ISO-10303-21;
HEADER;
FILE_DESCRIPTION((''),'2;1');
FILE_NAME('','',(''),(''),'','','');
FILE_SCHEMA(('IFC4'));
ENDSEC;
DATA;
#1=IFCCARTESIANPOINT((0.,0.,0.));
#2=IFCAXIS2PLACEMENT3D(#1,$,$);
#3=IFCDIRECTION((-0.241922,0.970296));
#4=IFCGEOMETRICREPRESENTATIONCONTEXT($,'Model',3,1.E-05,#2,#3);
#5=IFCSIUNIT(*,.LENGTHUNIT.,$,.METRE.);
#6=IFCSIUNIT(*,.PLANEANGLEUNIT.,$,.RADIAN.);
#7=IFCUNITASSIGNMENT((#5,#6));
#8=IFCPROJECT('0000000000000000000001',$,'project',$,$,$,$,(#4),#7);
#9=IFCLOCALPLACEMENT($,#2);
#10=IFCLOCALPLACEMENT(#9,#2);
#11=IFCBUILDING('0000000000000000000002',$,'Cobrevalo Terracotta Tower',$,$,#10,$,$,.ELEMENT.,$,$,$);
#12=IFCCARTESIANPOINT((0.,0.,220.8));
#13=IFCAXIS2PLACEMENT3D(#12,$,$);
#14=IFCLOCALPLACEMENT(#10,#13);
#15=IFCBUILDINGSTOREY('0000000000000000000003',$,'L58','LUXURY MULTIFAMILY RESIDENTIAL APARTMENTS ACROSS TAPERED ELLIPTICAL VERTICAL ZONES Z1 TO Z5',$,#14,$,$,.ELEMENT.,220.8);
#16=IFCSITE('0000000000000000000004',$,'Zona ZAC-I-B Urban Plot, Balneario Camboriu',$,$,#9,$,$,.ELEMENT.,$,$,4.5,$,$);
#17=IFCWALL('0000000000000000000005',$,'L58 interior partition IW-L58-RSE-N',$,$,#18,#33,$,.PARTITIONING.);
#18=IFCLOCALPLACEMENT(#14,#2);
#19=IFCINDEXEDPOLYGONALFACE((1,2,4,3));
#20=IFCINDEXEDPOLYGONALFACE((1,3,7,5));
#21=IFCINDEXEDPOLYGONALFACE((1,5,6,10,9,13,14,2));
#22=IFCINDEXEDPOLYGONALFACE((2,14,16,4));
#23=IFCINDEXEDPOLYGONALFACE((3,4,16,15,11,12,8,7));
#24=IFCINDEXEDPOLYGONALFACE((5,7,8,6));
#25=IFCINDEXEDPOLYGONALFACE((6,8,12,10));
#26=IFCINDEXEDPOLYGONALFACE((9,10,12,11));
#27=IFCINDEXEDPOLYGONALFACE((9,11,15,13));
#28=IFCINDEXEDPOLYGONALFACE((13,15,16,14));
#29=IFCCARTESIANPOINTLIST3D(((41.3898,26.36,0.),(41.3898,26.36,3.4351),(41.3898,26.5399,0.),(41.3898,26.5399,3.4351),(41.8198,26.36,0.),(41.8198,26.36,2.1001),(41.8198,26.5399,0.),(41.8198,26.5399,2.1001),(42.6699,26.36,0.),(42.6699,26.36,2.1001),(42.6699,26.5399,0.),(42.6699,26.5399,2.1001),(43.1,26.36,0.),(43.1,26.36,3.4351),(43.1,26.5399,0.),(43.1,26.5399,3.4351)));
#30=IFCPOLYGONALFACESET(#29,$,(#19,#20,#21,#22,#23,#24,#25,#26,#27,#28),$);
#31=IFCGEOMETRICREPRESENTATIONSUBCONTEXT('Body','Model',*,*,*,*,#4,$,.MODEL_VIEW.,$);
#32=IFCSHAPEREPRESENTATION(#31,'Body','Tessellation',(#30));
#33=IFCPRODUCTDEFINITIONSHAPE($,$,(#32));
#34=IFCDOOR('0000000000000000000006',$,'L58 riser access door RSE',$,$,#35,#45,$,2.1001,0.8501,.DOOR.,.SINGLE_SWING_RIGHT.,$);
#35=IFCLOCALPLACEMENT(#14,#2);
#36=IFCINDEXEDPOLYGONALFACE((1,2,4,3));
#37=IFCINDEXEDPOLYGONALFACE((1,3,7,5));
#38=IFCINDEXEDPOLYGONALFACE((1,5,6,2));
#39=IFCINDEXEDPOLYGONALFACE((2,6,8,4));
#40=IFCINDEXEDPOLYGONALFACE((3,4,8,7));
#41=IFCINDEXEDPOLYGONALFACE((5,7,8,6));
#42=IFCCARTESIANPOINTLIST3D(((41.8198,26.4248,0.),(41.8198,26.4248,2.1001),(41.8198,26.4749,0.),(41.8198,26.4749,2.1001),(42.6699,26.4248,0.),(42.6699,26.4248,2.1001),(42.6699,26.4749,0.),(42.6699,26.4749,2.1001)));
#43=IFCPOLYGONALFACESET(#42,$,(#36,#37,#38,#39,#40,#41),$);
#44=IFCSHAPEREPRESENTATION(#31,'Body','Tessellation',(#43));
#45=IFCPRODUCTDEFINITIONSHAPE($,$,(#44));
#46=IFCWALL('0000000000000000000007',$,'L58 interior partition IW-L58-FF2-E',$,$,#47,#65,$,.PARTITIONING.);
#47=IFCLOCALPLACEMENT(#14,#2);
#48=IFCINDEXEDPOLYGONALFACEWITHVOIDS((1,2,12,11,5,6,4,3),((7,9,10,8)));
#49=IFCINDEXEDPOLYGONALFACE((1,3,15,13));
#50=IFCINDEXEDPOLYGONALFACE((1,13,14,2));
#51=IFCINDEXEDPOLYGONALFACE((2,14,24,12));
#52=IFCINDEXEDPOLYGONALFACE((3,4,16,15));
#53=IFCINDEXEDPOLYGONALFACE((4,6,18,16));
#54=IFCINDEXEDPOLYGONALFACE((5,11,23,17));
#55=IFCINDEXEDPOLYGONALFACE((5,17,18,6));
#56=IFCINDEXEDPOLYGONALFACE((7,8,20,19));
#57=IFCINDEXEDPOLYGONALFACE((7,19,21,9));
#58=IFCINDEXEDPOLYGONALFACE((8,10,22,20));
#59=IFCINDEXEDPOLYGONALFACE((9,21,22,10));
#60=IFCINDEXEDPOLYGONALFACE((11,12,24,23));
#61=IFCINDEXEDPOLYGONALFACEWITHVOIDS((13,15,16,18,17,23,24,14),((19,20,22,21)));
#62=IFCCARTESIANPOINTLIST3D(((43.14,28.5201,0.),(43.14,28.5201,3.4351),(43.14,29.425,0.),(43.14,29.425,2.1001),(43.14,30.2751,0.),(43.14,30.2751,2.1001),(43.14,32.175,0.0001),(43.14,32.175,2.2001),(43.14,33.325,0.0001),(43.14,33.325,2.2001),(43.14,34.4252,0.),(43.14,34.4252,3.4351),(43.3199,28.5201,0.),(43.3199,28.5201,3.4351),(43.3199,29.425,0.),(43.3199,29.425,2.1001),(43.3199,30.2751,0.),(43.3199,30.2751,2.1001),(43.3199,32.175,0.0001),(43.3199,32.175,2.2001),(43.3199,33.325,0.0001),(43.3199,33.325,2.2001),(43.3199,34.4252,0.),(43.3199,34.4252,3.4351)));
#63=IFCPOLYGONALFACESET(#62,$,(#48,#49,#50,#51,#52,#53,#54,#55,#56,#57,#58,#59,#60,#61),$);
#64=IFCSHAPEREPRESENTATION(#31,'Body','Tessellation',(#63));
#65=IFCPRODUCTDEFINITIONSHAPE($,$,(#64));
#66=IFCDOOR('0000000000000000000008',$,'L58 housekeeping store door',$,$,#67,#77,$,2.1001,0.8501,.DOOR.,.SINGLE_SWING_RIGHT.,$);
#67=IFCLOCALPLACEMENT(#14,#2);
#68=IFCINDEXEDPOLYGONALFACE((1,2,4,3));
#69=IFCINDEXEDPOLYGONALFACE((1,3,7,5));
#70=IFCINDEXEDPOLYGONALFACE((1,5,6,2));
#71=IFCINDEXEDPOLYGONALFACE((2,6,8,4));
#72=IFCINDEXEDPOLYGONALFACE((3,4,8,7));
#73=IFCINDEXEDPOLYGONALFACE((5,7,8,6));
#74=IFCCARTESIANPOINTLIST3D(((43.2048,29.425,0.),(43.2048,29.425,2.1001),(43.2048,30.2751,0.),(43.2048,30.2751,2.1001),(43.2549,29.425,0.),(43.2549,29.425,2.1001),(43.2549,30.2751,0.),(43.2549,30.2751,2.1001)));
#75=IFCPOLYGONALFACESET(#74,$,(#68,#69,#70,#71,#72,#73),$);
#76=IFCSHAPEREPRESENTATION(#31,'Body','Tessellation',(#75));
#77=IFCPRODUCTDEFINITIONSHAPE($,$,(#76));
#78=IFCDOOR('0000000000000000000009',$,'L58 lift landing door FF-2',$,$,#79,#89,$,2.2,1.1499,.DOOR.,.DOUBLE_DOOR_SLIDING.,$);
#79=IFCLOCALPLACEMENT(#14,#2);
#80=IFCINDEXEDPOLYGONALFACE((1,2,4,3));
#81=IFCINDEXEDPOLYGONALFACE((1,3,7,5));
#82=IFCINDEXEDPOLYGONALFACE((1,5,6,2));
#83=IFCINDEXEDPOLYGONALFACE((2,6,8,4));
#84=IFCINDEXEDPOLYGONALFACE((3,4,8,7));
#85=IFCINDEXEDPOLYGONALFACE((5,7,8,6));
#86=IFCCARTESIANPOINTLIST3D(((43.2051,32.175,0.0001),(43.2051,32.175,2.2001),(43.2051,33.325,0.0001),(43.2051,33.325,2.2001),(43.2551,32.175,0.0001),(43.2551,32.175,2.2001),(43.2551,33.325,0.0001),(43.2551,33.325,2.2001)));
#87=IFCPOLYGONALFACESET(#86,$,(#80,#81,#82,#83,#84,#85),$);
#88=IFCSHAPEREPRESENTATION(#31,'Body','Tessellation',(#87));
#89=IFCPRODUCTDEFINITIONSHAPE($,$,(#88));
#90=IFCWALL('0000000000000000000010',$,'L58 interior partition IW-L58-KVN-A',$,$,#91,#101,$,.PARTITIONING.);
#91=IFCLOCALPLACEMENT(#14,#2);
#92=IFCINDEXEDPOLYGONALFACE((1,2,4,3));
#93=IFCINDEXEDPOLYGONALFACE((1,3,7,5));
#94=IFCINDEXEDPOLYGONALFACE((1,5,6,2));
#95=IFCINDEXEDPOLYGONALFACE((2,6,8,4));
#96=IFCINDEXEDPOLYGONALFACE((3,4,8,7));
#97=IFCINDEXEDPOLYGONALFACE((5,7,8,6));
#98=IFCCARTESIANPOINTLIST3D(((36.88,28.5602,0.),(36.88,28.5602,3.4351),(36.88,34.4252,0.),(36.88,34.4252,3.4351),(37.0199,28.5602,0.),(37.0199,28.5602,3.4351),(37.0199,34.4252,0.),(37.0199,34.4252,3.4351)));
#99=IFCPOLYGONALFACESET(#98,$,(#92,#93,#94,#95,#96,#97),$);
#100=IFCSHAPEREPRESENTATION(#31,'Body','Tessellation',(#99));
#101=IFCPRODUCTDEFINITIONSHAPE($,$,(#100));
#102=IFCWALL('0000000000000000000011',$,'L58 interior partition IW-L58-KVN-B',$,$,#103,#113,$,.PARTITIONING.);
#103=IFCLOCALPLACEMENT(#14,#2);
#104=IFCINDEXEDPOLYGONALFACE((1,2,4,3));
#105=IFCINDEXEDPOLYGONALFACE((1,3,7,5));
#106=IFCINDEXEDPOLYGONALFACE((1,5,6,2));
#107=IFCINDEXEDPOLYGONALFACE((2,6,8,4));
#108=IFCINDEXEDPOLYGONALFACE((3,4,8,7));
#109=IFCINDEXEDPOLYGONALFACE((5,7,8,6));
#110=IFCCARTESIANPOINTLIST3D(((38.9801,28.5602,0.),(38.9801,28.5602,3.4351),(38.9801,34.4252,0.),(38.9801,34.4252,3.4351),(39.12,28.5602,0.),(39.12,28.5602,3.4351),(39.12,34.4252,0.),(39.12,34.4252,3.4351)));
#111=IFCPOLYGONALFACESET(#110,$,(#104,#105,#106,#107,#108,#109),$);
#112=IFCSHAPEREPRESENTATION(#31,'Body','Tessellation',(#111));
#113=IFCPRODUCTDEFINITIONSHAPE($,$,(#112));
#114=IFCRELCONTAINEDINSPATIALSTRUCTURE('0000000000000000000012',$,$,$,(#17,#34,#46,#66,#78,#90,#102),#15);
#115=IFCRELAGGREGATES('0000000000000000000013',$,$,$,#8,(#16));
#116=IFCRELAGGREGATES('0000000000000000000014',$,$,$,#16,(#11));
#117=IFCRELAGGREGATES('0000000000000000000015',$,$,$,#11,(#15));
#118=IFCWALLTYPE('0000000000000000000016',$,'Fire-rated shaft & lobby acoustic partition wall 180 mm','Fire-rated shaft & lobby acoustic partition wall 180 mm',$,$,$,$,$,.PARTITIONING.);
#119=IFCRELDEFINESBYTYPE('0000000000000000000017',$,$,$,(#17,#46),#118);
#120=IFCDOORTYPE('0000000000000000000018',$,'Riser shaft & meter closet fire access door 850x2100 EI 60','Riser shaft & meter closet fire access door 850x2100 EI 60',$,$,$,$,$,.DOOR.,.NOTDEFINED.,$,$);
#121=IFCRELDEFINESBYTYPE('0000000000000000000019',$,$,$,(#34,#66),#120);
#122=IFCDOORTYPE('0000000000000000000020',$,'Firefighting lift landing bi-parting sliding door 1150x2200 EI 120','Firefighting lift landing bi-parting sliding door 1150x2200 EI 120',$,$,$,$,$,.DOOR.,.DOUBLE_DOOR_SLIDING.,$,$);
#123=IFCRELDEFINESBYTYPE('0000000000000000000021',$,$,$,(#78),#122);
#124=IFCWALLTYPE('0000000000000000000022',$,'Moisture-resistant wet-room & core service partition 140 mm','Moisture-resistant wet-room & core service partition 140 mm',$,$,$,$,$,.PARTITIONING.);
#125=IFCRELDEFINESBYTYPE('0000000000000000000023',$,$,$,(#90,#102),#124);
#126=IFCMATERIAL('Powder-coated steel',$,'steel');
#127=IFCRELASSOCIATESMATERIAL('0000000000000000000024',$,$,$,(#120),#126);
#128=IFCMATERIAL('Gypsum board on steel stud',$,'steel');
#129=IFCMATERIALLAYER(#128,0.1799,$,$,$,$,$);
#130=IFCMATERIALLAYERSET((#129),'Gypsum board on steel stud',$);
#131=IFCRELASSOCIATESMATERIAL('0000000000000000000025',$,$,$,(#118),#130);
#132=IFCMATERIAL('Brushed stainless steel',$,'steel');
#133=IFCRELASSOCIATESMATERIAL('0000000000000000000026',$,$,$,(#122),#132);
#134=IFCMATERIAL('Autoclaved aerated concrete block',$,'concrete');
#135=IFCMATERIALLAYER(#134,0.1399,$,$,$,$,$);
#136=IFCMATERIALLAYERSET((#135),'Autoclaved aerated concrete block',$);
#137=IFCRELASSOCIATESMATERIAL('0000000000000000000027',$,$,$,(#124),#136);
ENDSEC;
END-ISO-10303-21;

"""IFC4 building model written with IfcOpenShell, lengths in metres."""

from ifc_helpers import new_model, si_unit, direction, frame, frame_2d, origin, place, context, subcontext, project, spatial, rectangle, extrude, source, transform, mapped, material, layer, layer_set, type_object, element, fill, save


model = new_model("IFC4")

# Units and contexts
model_context = context("Model", 3, precision=1e-05, world=origin(), true_north=direction((-0.241922, 0.970296)))
body_context = subcontext(model_context, "Body", "Model", "MODEL_VIEW")
ifc_project = project(units=[si_unit("LENGTHUNIT", "METRE"), si_unit("PLANEANGLEUNIT", "RADIAN")], contexts=[model_context])

# Site, building, storey
site_placement = place(None, origin())
site = spatial("IfcSite", under=ifc_project, at=site_placement, Name="Zona ZAC-I-B Urban Plot, Balneario Camboriu", CompositionType="ELEMENT", RefElevation=4.5)
building_placement = place(site_placement, origin())
building = spatial("IfcBuilding", under=site, at=building_placement, Name="Cobrevalo Terracotta Tower", CompositionType="ELEMENT")
storey_placement = place(building_placement, frame((0.0, 0.0, 220.8)))
storey = spatial("IfcBuildingStorey", under=building, at=storey_placement, Name="L58", Description="LUXURY MULTIFAMILY RESIDENTIAL APARTMENTS ACROSS TAPERED ELLIPTICAL VERTICAL ZONES Z1 TO Z5", CompositionType="ELEMENT", Elevation=220.8)

# Shared definitions
ifc_material_1 = material(Name="Gypsum board on steel stud", Category="steel")

# Shared definitions
ifc_material_2 = material(Name="Powder-coated steel", Category="steel")
door_type_1 = type_object("IfcDoorType", Name="Riser shaft & meter closet fire access door 850x2100 EI 60", Description="Riser shaft & meter closet fire access door 850x2100 EI 60", OperationType="NOTDEFINED", PredefinedType="DOOR", material=ifc_material_2)
shared_shape_1 = source(origin(), body_context, "Body", "SweptSolid", [
    extrude(rectangle(XDim=0.8501, YDim=2.1001, at=frame_2d((0.425, 1.05))), frame((0.0, 0.0249, 0.0), z_axis=(0.0, -1.0, 0.0), x_axis=(1.0, 0.0, 0.0)), (0.0, 0.0, 1.0), 0.05),
])
ifc_material_3 = material(Name="Brushed stainless steel", Category="steel")

# Wall, opening, door
ifc_layer_1 = layer(ifc_material_1, 0.1799)
ifc_layer_set_1 = layer_set([ifc_layer_1], Name="Gypsum board on steel stud")
wall_type_1 = type_object("IfcWallType", Name="Fire-rated shaft & lobby acoustic partition wall 180 mm", Description="Fire-rated shaft & lobby acoustic partition wall 180 mm", PredefinedType="PARTITIONING", material=ifc_layer_set_1)
wall_1_placement = place(storey_placement, frame((41.3899, 26.45, 0.0), z_axis=(0.0, 0.0, 1.0), x_axis=(1.0, 0.0, 0.0)))
wall_1 = element("IfcWall", 1, at=wall_1_placement, inside=storey, type_object=wall_type_1, Name="L58 interior partition IW-L58-RSE-N", PredefinedType="PARTITIONING", context=body_context, shape_type="SweptSolid", body=[
    extrude(rectangle(XDim=1.7102, YDim=0.1799, at=frame_2d((0.855, 0.0))), origin(), (0.0, 0.0, 1.0), 3.4351),
])
opening_1_placement = place(wall_1_placement, frame((0.4299, 0.0, 0.0)))
opening_1 = element("IfcOpeningElement", 2, at=opening_1_placement, cuts=wall_1, PredefinedType="OPENING", context=body_context, shape_type="SweptSolid", body=[
    extrude(rectangle(XDim=0.8501, YDim=2.1001, at=frame_2d((0.425, 1.05))), frame((0.0, 0.1001, 0.0), z_axis=(0.0, -1.0, 0.0), x_axis=(1.0, 0.0, 0.0)), (0.0, 0.0, 1.0), 0.2),
])
door_1_placement = place(opening_1_placement, origin())
door_1 = element("IfcDoor", 3, at=door_1_placement, inside=storey, type_object=door_type_1, Name="L58 riser access door RSE", OperationType="SINGLE_SWING_RIGHT", OverallHeight=2.1001, OverallWidth=0.8501, PredefinedType="DOOR", context=body_context, shape_type="MappedRepresentation", body=[
    mapped(shared_shape_1, transform((0.0, 0.0, 0.0), scale=1.0)),
])
fill(opening_1, door_1)

# Wall, openings, doors
wall_2_placement = place(storey_placement, frame((43.23, 28.52, 0.0), z_axis=(0.0, 0.0, 1.0), x_axis=(0.0, 1.0, 0.0)))
wall_2 = element("IfcWall", 4, at=wall_2_placement, inside=storey, type_object=wall_type_1, Name="L58 interior partition IW-L58-FF2-E", PredefinedType="PARTITIONING", context=body_context, shape_type="SweptSolid", body=[
    extrude(rectangle(XDim=5.905, YDim=0.1799, at=frame_2d((2.9526, 0.0))), origin(), (0.0, 0.0, 1.0), 3.4351),
])
opening_2_placement = place(wall_2_placement, frame((0.905, 0.0, 0.0)))
opening_2 = element("IfcOpeningElement", 5, at=opening_2_placement, cuts=wall_2, PredefinedType="OPENING", context=body_context, shape_type="SweptSolid", body=[
    extrude(rectangle(XDim=0.8501, YDim=2.1001, at=frame_2d((0.425, 1.05))), frame((0.0, 0.1001, 0.0), z_axis=(0.0, -1.0, 0.0), x_axis=(1.0, 0.0, 0.0)), (0.0, 0.0, 1.0), 0.2),
])
opening_3_placement = place(wall_2_placement, frame((3.655, 0.0, 0.0)))
opening_3 = element("IfcOpeningElement", 6, at=opening_3_placement, cuts=wall_2, PredefinedType="OPENING", context=body_context, shape_type="SweptSolid", body=[
    extrude(rectangle(XDim=1.1499, YDim=2.2, at=frame_2d((0.575, 1.1001))), frame((0.0, 0.1001, 0.0), z_axis=(0.0, -1.0, 0.0), x_axis=(1.0, 0.0, 0.0)), (0.0, 0.0, 1.0), 0.2),
])
door_2_placement = place(opening_2_placement, frame((0.8501, 0.0, 0.0), z_axis=(0.0, 0.0, 1.0), x_axis=(-1.0, 0.0, 0.0)))
door_2 = element("IfcDoor", 7, at=door_2_placement, inside=storey, type_object=door_type_1, Name="L58 housekeeping store door", OperationType="SINGLE_SWING_RIGHT", OverallHeight=2.1001, OverallWidth=0.8501, PredefinedType="DOOR", context=body_context, shape_type="MappedRepresentation", body=[
    mapped(shared_shape_1, transform((0.0, 0.0, 0.0), scale=1.0)),
])
fill(opening_2, door_2)
door_type_2 = type_object("IfcDoorType", Name="Firefighting lift landing bi-parting sliding door 1150x2200 EI 120", Description="Firefighting lift landing bi-parting sliding door 1150x2200 EI 120", OperationType="DOUBLE_DOOR_SLIDING", PredefinedType="DOOR", material=ifc_material_3)
shared_shape_2 = source(origin(), body_context, "Body", "SweptSolid", [
    extrude(rectangle(XDim=1.1499, YDim=2.2, at=frame_2d((0.575, 1.1001))), frame((0.0, 0.0249, 0.0), z_axis=(0.0, -1.0, 0.0), x_axis=(1.0, 0.0, 0.0)), (0.0, 0.0, 1.0), 0.05),
])
door_3_placement = place(opening_3_placement, origin())
door_3 = element("IfcDoor", 8, at=door_3_placement, inside=storey, type_object=door_type_2, Name="L58 lift landing door FF-2", OperationType="DOUBLE_DOOR_SLIDING", OverallHeight=2.2, OverallWidth=1.1499, PredefinedType="DOOR", context=body_context, shape_type="MappedRepresentation", body=[
    mapped(shared_shape_2, transform((0.0, 0.0, 0.0), scale=1.0)),
])
fill(opening_3, door_3)

# Walls
ifc_material_4 = material(Name="Autoclaved aerated concrete block", Category="concrete")
ifc_layer_2 = layer(ifc_material_4, 0.1399)
ifc_layer_set_2 = layer_set([ifc_layer_2], Name="Autoclaved aerated concrete block")
wall_type_2 = type_object("IfcWallType", Name="Moisture-resistant wet-room & core service partition 140 mm", Description="Moisture-resistant wet-room & core service partition 140 mm", PredefinedType="PARTITIONING", material=ifc_layer_set_2)
for number, where, z_axis, x_axis, name in (
    (9, (36.95, 28.5601, 0.0), (0.0, 0.0, 1.0), (0.0, 1.0, 0.0), "L58 interior partition IW-L58-KVN-A"),
    (10, (39.05, 28.5601, 0.0), (0.0, 0.0, 1.0), (0.0, 1.0, 0.0), "L58 interior partition IW-L58-KVN-B"),
):
    element("IfcWall", number, at=place(storey_placement, frame(where, z_axis=z_axis, x_axis=x_axis)), inside=storey, type_object=wall_type_2, Name=name, PredefinedType="PARTITIONING", context=body_context, shape_type="SweptSolid", body=[
        extrude(rectangle(XDim=5.865, YDim=0.1399, at=frame_2d((2.9326, 0.0))), origin(), (0.0, 0.0, 1.0), 3.4351),
    ])

save(model, "model.ifc")
